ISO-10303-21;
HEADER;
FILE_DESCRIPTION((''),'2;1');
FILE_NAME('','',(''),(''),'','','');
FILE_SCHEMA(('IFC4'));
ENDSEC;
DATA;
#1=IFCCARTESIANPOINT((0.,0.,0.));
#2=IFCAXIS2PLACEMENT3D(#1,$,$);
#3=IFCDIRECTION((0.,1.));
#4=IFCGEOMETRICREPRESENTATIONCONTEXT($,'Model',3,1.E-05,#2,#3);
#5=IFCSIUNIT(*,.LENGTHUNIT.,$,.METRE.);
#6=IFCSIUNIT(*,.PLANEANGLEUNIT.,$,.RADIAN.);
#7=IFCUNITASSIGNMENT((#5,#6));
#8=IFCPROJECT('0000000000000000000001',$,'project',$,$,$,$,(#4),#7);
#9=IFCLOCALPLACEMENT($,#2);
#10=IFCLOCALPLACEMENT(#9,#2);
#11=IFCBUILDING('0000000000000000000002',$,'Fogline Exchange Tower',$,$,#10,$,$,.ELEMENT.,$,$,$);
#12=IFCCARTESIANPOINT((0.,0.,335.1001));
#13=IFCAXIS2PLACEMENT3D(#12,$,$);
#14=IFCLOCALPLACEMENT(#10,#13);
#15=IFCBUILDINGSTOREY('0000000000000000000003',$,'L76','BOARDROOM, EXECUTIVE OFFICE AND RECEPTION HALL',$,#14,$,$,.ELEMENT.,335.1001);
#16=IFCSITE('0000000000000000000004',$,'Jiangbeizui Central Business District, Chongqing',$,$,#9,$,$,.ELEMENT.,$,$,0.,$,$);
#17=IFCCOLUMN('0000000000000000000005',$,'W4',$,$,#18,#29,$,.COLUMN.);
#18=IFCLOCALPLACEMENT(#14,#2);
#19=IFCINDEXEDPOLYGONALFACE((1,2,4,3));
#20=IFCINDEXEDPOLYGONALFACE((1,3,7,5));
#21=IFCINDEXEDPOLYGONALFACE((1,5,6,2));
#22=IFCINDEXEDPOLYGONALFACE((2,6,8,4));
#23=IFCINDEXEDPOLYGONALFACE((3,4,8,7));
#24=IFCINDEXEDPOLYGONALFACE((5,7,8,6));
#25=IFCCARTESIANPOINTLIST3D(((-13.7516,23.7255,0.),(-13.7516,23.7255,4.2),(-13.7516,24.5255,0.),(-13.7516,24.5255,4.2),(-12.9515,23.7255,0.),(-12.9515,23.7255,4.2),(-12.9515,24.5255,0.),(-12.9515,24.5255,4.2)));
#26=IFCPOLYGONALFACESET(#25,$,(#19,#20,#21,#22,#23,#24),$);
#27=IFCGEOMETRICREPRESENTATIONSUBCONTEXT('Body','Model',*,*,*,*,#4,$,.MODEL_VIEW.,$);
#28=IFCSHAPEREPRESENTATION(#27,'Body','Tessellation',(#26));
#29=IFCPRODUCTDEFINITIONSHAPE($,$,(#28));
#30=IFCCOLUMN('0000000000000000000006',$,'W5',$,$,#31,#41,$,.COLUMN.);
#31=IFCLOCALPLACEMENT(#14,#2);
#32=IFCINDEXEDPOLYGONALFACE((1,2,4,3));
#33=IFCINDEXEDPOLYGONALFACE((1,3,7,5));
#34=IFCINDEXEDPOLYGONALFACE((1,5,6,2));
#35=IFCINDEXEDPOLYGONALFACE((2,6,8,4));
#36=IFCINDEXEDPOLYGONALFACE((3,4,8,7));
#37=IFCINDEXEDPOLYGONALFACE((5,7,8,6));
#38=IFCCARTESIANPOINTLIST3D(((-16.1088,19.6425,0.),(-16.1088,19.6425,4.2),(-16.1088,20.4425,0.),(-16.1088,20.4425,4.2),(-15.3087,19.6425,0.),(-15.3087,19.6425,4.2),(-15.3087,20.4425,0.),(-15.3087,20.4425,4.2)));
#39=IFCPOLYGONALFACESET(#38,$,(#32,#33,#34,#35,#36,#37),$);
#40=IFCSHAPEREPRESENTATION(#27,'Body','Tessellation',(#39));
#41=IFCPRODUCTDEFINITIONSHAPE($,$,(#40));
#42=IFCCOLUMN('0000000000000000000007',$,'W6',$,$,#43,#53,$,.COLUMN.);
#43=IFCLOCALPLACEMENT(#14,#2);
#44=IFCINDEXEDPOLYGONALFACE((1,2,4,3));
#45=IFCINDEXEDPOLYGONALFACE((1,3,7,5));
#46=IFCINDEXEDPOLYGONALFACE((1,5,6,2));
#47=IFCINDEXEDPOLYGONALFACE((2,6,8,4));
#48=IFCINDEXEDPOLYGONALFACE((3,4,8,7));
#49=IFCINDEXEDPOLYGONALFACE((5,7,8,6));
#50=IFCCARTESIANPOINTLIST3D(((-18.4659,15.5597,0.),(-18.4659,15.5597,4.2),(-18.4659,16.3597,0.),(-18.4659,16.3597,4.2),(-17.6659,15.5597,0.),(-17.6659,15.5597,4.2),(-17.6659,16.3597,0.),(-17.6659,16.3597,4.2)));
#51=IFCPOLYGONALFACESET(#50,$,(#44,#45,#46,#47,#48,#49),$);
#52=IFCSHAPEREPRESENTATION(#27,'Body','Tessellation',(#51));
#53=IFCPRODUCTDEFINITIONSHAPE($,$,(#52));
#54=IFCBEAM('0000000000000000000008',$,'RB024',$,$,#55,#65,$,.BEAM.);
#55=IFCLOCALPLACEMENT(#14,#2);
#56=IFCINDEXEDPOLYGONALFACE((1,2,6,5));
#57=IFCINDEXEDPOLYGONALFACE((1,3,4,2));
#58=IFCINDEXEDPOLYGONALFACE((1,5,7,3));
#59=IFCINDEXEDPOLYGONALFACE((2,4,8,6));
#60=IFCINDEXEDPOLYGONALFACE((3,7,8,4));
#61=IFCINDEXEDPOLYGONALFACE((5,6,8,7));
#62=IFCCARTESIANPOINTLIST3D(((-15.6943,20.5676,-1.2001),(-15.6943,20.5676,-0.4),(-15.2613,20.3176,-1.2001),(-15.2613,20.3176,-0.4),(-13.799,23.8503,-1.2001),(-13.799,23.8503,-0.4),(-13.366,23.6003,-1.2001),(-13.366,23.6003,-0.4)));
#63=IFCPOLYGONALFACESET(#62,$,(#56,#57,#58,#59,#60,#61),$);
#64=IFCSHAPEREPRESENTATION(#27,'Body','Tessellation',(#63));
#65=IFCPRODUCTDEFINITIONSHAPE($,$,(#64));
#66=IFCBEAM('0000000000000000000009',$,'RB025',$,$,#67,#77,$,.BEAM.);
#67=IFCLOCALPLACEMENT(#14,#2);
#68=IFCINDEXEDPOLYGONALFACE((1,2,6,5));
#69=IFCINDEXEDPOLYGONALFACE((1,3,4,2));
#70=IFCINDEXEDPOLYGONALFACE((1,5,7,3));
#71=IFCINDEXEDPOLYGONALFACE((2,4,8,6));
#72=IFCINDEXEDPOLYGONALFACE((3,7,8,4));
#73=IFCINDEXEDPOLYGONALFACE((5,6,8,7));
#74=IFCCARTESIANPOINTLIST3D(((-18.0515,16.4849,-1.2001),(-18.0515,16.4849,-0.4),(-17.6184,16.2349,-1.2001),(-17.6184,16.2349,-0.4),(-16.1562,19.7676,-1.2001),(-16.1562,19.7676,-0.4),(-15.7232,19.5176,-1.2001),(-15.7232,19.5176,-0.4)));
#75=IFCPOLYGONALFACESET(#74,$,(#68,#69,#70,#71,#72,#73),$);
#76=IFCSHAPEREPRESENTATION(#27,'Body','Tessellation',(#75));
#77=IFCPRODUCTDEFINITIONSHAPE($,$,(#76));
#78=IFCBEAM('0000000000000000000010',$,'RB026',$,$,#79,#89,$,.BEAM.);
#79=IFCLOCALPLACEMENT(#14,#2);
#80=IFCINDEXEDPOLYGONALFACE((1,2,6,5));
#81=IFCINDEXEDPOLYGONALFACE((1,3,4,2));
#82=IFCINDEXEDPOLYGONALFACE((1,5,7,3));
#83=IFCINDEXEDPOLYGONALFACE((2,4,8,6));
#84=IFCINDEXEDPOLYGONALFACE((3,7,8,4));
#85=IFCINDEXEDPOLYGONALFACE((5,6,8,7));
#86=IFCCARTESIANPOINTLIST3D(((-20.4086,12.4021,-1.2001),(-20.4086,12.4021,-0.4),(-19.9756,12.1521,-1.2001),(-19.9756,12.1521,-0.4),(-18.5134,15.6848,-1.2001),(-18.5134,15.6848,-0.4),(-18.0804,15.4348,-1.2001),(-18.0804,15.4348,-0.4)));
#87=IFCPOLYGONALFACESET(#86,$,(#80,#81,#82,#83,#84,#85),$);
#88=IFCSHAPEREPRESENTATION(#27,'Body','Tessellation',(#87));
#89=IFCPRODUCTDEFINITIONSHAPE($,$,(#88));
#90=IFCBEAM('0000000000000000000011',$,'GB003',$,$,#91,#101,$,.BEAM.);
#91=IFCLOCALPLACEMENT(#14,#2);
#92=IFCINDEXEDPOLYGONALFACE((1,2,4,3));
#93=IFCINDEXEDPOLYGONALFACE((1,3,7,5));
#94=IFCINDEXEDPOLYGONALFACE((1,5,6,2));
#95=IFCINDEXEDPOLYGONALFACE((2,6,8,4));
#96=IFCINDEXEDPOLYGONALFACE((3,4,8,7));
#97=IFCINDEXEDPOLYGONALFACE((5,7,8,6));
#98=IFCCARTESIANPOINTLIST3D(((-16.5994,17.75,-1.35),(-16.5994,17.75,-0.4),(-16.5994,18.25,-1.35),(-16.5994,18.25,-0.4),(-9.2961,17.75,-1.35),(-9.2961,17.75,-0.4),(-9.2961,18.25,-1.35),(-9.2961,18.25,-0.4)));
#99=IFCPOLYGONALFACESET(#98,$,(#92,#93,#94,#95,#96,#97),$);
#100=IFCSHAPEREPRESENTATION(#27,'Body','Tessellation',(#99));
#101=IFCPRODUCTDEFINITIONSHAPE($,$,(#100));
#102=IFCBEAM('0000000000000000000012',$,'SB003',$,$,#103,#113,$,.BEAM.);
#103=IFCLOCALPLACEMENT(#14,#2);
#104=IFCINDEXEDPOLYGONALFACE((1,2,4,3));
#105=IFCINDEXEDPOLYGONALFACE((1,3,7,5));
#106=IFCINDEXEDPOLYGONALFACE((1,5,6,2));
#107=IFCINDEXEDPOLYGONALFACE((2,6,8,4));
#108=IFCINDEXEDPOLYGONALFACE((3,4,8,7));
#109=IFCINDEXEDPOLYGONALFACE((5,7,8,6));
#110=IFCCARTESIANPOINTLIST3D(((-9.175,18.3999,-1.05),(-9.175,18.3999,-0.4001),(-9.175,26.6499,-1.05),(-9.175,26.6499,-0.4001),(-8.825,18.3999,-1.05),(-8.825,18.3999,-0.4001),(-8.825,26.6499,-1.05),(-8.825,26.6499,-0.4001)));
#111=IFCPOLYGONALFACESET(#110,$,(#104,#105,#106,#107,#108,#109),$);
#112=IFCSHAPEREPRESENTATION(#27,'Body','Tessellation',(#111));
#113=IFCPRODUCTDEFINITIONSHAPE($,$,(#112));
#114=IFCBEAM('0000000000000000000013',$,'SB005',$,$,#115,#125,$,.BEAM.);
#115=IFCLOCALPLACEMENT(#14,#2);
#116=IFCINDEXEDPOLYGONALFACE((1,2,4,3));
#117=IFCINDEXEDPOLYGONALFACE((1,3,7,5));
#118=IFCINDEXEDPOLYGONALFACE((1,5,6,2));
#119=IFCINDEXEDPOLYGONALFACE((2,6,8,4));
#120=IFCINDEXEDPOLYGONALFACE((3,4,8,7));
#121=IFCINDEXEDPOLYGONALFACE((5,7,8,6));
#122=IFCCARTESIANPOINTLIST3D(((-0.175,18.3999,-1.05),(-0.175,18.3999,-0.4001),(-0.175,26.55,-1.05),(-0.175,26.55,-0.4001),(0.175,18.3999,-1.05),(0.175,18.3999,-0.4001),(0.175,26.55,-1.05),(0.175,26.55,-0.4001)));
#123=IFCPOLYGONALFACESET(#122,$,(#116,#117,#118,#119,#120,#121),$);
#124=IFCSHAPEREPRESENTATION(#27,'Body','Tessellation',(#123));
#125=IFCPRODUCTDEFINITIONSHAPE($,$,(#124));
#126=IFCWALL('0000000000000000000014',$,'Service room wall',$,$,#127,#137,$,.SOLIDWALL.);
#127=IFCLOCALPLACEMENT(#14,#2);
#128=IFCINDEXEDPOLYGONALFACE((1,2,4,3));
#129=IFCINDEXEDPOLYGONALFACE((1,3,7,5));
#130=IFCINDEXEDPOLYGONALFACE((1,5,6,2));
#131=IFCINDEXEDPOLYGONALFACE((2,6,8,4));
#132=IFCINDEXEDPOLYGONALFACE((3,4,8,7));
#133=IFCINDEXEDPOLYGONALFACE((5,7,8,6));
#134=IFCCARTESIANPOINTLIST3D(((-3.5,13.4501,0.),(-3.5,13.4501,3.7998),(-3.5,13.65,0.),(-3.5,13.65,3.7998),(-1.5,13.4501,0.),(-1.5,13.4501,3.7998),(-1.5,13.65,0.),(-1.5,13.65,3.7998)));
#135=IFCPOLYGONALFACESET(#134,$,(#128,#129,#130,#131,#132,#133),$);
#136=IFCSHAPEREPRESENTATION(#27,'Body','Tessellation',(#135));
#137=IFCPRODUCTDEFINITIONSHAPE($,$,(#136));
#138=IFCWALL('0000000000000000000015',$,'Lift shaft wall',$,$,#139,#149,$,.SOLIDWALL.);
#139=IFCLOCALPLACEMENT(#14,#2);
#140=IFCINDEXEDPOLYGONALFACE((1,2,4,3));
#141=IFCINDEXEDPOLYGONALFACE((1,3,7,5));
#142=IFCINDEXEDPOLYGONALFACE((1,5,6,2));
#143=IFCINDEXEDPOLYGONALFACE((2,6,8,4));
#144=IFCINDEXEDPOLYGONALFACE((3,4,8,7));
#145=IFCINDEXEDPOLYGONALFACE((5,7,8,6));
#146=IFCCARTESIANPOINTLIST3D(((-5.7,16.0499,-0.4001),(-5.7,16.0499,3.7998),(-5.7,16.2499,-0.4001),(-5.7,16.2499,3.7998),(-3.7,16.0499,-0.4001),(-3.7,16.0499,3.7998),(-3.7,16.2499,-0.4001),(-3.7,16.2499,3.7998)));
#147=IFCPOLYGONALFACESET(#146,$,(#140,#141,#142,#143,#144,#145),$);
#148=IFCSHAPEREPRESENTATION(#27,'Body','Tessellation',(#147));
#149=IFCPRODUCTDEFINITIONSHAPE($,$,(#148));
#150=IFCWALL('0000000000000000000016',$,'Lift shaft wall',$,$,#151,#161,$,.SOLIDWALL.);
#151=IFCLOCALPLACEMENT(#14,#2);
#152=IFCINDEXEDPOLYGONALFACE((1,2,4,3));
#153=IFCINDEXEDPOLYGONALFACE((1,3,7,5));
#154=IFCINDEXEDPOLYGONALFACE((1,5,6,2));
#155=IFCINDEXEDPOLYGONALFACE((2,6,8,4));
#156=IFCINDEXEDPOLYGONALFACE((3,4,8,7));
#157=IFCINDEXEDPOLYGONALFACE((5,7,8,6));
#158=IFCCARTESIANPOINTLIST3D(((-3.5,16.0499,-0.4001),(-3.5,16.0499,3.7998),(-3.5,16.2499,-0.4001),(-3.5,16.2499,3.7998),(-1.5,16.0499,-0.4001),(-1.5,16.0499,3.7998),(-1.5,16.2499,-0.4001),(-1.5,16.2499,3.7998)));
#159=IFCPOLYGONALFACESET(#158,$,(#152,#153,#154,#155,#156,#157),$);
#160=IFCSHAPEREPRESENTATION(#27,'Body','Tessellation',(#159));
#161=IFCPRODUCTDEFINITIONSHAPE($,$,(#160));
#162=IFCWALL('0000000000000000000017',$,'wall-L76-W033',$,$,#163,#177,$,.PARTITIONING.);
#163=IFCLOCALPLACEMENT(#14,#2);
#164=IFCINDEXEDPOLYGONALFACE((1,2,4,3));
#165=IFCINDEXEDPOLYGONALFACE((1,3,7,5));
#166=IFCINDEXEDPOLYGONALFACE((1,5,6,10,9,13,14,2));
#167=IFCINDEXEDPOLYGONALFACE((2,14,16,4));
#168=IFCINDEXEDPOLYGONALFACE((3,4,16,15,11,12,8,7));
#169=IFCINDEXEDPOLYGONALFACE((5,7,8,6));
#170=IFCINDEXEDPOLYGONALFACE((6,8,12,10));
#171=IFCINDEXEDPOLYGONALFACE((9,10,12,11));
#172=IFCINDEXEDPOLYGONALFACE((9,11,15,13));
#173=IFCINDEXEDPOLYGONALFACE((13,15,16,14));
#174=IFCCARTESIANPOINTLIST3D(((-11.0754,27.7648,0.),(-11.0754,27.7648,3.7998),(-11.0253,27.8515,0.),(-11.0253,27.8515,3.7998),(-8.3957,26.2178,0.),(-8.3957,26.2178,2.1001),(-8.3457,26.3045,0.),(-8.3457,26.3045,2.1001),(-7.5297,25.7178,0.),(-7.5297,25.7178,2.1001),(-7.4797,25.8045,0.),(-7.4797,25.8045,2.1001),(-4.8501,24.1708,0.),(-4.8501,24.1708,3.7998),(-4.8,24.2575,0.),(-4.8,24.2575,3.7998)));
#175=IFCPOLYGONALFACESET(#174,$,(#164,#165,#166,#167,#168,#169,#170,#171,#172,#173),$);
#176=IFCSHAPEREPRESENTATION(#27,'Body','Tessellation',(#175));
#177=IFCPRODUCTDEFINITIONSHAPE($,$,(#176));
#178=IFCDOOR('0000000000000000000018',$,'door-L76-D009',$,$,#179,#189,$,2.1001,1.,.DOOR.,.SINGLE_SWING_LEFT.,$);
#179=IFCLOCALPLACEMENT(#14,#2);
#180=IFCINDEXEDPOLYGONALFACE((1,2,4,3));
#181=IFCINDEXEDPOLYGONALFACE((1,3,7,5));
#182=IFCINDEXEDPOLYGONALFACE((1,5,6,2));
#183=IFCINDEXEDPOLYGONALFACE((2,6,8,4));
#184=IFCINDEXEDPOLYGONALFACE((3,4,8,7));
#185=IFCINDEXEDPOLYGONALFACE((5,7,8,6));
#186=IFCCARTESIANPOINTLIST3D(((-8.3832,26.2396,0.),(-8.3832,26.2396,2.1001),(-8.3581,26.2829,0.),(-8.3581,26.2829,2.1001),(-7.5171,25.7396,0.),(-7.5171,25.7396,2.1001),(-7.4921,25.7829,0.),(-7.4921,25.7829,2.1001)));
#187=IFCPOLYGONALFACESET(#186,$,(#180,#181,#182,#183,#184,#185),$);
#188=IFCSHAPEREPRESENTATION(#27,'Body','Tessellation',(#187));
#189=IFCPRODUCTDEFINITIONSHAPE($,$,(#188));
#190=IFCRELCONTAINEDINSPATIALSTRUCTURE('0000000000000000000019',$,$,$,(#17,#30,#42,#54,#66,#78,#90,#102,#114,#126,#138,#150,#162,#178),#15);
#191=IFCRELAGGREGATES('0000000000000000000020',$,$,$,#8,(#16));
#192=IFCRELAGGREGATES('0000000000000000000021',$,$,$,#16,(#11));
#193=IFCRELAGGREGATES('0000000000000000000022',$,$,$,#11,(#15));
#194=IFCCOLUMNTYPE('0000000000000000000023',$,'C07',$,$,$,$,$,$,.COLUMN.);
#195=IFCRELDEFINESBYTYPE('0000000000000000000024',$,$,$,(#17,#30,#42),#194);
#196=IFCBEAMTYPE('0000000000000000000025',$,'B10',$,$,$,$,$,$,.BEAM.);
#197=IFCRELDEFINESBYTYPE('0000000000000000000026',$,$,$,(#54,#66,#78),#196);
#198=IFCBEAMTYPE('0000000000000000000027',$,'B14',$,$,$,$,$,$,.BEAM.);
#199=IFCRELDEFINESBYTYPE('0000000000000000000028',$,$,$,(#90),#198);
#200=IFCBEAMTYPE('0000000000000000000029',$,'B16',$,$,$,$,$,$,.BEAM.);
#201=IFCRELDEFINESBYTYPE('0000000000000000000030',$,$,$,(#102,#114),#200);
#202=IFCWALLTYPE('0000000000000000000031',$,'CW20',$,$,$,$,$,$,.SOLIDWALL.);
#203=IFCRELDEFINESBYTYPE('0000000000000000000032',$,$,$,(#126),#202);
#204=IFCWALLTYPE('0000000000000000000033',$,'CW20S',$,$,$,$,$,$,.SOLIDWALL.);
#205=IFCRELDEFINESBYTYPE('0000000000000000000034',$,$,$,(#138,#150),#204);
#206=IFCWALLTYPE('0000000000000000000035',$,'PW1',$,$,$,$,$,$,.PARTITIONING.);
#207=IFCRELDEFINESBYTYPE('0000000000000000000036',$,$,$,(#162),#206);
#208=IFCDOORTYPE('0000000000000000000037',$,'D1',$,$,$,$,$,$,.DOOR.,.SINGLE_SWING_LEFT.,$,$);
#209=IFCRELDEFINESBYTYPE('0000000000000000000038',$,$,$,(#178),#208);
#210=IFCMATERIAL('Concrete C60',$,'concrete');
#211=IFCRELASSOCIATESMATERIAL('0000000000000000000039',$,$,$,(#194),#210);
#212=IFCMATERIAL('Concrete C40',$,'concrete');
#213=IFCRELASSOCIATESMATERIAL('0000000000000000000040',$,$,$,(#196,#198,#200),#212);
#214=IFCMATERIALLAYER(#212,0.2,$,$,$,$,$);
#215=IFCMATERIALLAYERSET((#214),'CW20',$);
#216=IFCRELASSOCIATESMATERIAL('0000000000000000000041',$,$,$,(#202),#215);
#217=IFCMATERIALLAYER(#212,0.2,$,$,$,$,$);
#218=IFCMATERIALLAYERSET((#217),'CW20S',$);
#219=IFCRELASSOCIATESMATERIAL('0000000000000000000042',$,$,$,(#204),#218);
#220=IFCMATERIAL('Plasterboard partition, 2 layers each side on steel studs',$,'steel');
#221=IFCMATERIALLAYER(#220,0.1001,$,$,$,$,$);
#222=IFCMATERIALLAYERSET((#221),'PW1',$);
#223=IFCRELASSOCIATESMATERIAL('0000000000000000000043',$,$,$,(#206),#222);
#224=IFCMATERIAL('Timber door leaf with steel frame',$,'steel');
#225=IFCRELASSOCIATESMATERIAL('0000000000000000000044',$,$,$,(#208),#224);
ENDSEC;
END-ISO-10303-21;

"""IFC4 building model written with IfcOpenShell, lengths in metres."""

from ifc_helpers import new_model, si_unit, direction, frame, frame_2d, origin, origin_2d, place, context, subcontext, project, spatial, rectangle, extrude, material, layer, layer_set, material_profile, profile_set, type_object, element, fill, save


model = new_model("IFC4")

# Units and contexts
model_context = context("Model", 3, precision=1e-05, world=origin(), true_north=direction((0.0, 1.0)))
body_context = subcontext(model_context, "Body", "Model", "MODEL_VIEW")
ifc_project = project(units=[si_unit("LENGTHUNIT", "METRE"), si_unit("PLANEANGLEUNIT", "RADIAN")], contexts=[model_context])

# Site, building, storey
site_placement = place(None, origin())
site = spatial("IfcSite", under=ifc_project, at=site_placement, Name="Jiangbeizui Central Business District, Chongqing", CompositionType="ELEMENT", RefElevation=0.0)
building_placement = place(site_placement, origin())
building = spatial("IfcBuilding", under=site, at=building_placement, Name="Fogline Exchange Tower", CompositionType="ELEMENT")
storey_placement = place(building_placement, frame((0.0, 0.0, 335.1001)))
storey = spatial("IfcBuildingStorey", under=building, at=storey_placement, Name="L76", Description="BOARDROOM, EXECUTIVE OFFICE AND RECEPTION HALL", CompositionType="ELEMENT", Elevation=335.1001)

# Columns
ifc_material_1 = material(Name="Concrete C60", Category="concrete")
ifc_material_profile_1 = material_profile(ifc_material_1, rectangle(XDim=0.8, YDim=0.8, at=origin_2d()), Name="RC 800x800")
ifc_profile_set_1 = profile_set([ifc_material_profile_1], Name="Concrete C60")
column_type = type_object("IfcColumnType", Name="C07", PredefinedType="COLUMN", material=ifc_profile_set_1)
for number, where, z_axis, x_axis, name in (
    (1, (-13.3516, 24.1255, 0.0), (0.0, 0.0, 1.0), (1.0, 0.0, 0.0), "W4"),
    (2, (-15.7087, 20.0425, 0.0), (0.0, 0.0, 1.0), (1.0, 0.0, 0.0), "W5"),
    (3, (-18.0659, 15.9597, 0.0), (0.0, 0.0, 1.0), (1.0, 0.0, 0.0), "W6"),
):
    element("IfcColumn", number, at=place(storey_placement, frame(where, z_axis=z_axis, x_axis=x_axis)), inside=storey, type_object=column_type, Name=name, PredefinedType="COLUMN", context=body_context, shape_type="SweptSolid", body=[
        extrude(rectangle(XDim=0.8, YDim=0.8, at=origin_2d()), origin(), (0.0, 0.0, 1.0), 4.2),
    ])

# Beams
ifc_material_2 = material(Name="Concrete C40", Category="concrete")
ifc_material_profile_2 = material_profile(ifc_material_2, rectangle(XDim=0.5, YDim=0.8, at=origin_2d()), Name="RC 500x800")
ifc_profile_set_2 = profile_set([ifc_material_profile_2], Name="Concrete C40")
beam_type_1 = type_object("IfcBeamType", Name="B10", PredefinedType="BEAM", material=ifc_profile_set_2)
for number, where, z_axis, x_axis, name in (
    (4, (-13.5825, 23.7253, -0.8), (-0.499998, -0.866027, 0.0), (0.866027, -0.499998, 0.0), "RB024"),
    (5, (-15.9397, 19.6426, -0.8), (-0.499998, -0.866027, 0.0), (0.866027, -0.499998, 0.0), "RB025"),
    (6, (-18.2969, 15.5598, -0.8), (-0.499998, -0.866027, 0.0), (0.866027, -0.499998, 0.0), "RB026"),
):
    element("IfcBeam", number, at=place(storey_placement, frame(where, z_axis=z_axis, x_axis=x_axis)), inside=storey, type_object=beam_type_1, Name=name, PredefinedType="BEAM", context=body_context, shape_type="SweptSolid", body=[
        extrude(rectangle(XDim=0.5, YDim=0.8, at=origin_2d()), origin(), (0.0, 0.0, 1.0), 3.7905),
    ])
ifc_material_profile_3 = material_profile(ifc_material_2, rectangle(XDim=0.5, YDim=0.95, at=origin_2d()), Name="RC 500x950")
ifc_profile_set_3 = profile_set([ifc_material_profile_3], Name="Concrete C40")
beam_type_2 = type_object("IfcBeamType", Name="B14", PredefinedType="BEAM", material=ifc_profile_set_3)
beam_1_placement = place(storey_placement, frame((-16.5994, 18.0, -0.875), z_axis=(1.0, 0.0, 0.0), x_axis=(0.0, 1.0, 0.0)))
element("IfcBeam", 7, at=beam_1_placement, inside=storey, type_object=beam_type_2, Name="GB003", PredefinedType="BEAM", context=body_context, shape_type="SweptSolid", body=[
    extrude(rectangle(XDim=0.5, YDim=0.95, at=origin_2d()), origin(), (0.0, 0.0, 1.0), 7.3032),
])
ifc_material_profile_4 = material_profile(ifc_material_2, rectangle(XDim=0.3501, YDim=0.6499, at=origin_2d()), Name="RC 350x650")
ifc_profile_set_4 = profile_set([ifc_material_profile_4], Name="Concrete C40")
beam_type_3 = type_object("IfcBeamType", Name="B16", PredefinedType="BEAM", material=ifc_profile_set_4)
beam_2_placement = place(storey_placement, frame((-9.0, 18.3999, -0.7251), z_axis=(0.0, 1.0, 0.0), x_axis=(-1.0, 0.0, 0.0)))
element("IfcBeam", 8, at=beam_2_placement, inside=storey, type_object=beam_type_3, Name="SB003", PredefinedType="BEAM", context=body_context, shape_type="SweptSolid", body=[
    extrude(rectangle(XDim=0.3501, YDim=0.6499, at=origin_2d()), origin(), (0.0, 0.0, 1.0), 8.25),
])
beam_3_placement = place(storey_placement, frame((0.0, 18.3999, -0.7251), z_axis=(0.0, 1.0, 0.0), x_axis=(-1.0, 0.0, 0.0)))
element("IfcBeam", 9, at=beam_3_placement, inside=storey, type_object=beam_type_3, Name="SB005", PredefinedType="BEAM", context=body_context, shape_type="SweptSolid", body=[
    extrude(rectangle(XDim=0.3501, YDim=0.6499, at=origin_2d()), origin(), (0.0, 0.0, 1.0), 8.1501),
])

# Walls
ifc_layer_1 = layer(ifc_material_2, 0.2)
ifc_layer_set_1 = layer_set([ifc_layer_1], Name="CW20")
wall_type_1 = type_object("IfcWallType", Name="CW20", PredefinedType="SOLIDWALL", material=ifc_layer_set_1)
wall_1_placement = place(storey_placement, frame((-3.5, 13.55, 0.0), z_axis=(0.0, 0.0, 1.0), x_axis=(1.0, 0.0, 0.0)))
element("IfcWall", 10, at=wall_1_placement, inside=storey, type_object=wall_type_1, Name="Service room wall", PredefinedType="SOLIDWALL", context=body_context, shape_type="SweptSolid", body=[
    extrude(rectangle(XDim=2.0, YDim=0.2, at=frame_2d((1.0, 0.0))), origin(), (0.0, 0.0, 1.0), 3.7998),
])
ifc_layer_2 = layer(ifc_material_2, 0.2)
ifc_layer_set_2 = layer_set([ifc_layer_2], Name="CW20S")
wall_type_2 = type_object("IfcWallType", Name="CW20S", PredefinedType="SOLIDWALL", material=ifc_layer_set_2)
for number, where, z_axis, x_axis, name in (
    (11, (-5.7, 16.1499, -0.4001), (0.0, 0.0, 1.0), (1.0, 0.0, 0.0), "Lift shaft wall"),
    (12, (-3.5, 16.1499, -0.4001), (0.0, 0.0, 1.0), (1.0, 0.0, 0.0), "Lift shaft wall"),
):
    element("IfcWall", number, at=place(storey_placement, frame(where, z_axis=z_axis, x_axis=x_axis)), inside=storey, type_object=wall_type_2, Name=name, PredefinedType="SOLIDWALL", context=body_context, shape_type="SweptSolid", body=[
        extrude(rectangle(XDim=2.0, YDim=0.2, at=frame_2d((1.0, 0.0))), origin(), (0.0, 0.0, 1.0), 4.2),
    ])

# Wall, opening, door
ifc_material_3 = material(Name="Plasterboard partition, 2 layers each side on steel studs", Category="steel")
ifc_layer_3 = layer(ifc_material_3, 0.1001)
ifc_layer_set_3 = layer_set([ifc_layer_3], Name="PW1")
wall_type_3 = type_object("IfcWallType", Name="PW1", PredefinedType="PARTITIONING", material=ifc_layer_set_3)
wall_2_placement = place(storey_placement, frame((-4.825, 24.2141, 0.0), z_axis=(0.0, 0.0, 1.0), x_axis=(-0.866038, 0.499978, 0.0)))
wall_2 = element("IfcWall", 13, at=wall_2_placement, inside=storey, type_object=wall_type_3, Name="wall-L76-W033", PredefinedType="PARTITIONING", context=body_context, shape_type="SweptSolid", body=[
    extrude(rectangle(XDim=7.1882, YDim=0.1001, at=frame_2d((3.5942, 0.0))), origin(), (0.0, 0.0, 1.0), 3.7998),
])
opening_1_placement = place(wall_2_placement, frame((3.0942, 0.0, 0.0)))
opening_1 = element("IfcOpeningElement", 14, at=opening_1_placement, cuts=wall_2, PredefinedType="OPENING", context=body_context, shape_type="SweptSolid", body=[
    extrude(rectangle(XDim=1.0, YDim=2.1001, at=frame_2d((0.5, 1.05))), frame((0.0, 0.0601, 0.0), z_axis=(0.0, -1.0, 0.0), x_axis=(1.0, 0.0, 0.0)), (0.0, 0.0, 1.0), 0.1201),
])
ifc_material_4 = material(Name="Timber door leaf with steel frame", Category="steel")
door_type_1 = type_object("IfcDoorType", Name="D1", OperationType="SINGLE_SWING_LEFT", PredefinedType="DOOR", material=ifc_material_4)
door_1_placement = place(opening_1_placement, origin())
door_1 = element("IfcDoor", 15, at=door_1_placement, inside=storey, type_object=door_type_1, Name="door-L76-D009", OperationType="SINGLE_SWING_LEFT", OverallHeight=2.1001, OverallWidth=1.0, PredefinedType="DOOR", context=body_context, shape_type="SweptSolid", body=[
    extrude(rectangle(XDim=1.0, YDim=2.1001, at=frame_2d((0.5, 1.05))), frame((0.0, 0.0249, 0.0), z_axis=(0.0, -1.0, 0.0), x_axis=(1.0, 0.0, 0.0)), (0.0, 0.0, 1.0), 0.05),
])
fill(opening_1, door_1)

save(model, "model.ifc")
